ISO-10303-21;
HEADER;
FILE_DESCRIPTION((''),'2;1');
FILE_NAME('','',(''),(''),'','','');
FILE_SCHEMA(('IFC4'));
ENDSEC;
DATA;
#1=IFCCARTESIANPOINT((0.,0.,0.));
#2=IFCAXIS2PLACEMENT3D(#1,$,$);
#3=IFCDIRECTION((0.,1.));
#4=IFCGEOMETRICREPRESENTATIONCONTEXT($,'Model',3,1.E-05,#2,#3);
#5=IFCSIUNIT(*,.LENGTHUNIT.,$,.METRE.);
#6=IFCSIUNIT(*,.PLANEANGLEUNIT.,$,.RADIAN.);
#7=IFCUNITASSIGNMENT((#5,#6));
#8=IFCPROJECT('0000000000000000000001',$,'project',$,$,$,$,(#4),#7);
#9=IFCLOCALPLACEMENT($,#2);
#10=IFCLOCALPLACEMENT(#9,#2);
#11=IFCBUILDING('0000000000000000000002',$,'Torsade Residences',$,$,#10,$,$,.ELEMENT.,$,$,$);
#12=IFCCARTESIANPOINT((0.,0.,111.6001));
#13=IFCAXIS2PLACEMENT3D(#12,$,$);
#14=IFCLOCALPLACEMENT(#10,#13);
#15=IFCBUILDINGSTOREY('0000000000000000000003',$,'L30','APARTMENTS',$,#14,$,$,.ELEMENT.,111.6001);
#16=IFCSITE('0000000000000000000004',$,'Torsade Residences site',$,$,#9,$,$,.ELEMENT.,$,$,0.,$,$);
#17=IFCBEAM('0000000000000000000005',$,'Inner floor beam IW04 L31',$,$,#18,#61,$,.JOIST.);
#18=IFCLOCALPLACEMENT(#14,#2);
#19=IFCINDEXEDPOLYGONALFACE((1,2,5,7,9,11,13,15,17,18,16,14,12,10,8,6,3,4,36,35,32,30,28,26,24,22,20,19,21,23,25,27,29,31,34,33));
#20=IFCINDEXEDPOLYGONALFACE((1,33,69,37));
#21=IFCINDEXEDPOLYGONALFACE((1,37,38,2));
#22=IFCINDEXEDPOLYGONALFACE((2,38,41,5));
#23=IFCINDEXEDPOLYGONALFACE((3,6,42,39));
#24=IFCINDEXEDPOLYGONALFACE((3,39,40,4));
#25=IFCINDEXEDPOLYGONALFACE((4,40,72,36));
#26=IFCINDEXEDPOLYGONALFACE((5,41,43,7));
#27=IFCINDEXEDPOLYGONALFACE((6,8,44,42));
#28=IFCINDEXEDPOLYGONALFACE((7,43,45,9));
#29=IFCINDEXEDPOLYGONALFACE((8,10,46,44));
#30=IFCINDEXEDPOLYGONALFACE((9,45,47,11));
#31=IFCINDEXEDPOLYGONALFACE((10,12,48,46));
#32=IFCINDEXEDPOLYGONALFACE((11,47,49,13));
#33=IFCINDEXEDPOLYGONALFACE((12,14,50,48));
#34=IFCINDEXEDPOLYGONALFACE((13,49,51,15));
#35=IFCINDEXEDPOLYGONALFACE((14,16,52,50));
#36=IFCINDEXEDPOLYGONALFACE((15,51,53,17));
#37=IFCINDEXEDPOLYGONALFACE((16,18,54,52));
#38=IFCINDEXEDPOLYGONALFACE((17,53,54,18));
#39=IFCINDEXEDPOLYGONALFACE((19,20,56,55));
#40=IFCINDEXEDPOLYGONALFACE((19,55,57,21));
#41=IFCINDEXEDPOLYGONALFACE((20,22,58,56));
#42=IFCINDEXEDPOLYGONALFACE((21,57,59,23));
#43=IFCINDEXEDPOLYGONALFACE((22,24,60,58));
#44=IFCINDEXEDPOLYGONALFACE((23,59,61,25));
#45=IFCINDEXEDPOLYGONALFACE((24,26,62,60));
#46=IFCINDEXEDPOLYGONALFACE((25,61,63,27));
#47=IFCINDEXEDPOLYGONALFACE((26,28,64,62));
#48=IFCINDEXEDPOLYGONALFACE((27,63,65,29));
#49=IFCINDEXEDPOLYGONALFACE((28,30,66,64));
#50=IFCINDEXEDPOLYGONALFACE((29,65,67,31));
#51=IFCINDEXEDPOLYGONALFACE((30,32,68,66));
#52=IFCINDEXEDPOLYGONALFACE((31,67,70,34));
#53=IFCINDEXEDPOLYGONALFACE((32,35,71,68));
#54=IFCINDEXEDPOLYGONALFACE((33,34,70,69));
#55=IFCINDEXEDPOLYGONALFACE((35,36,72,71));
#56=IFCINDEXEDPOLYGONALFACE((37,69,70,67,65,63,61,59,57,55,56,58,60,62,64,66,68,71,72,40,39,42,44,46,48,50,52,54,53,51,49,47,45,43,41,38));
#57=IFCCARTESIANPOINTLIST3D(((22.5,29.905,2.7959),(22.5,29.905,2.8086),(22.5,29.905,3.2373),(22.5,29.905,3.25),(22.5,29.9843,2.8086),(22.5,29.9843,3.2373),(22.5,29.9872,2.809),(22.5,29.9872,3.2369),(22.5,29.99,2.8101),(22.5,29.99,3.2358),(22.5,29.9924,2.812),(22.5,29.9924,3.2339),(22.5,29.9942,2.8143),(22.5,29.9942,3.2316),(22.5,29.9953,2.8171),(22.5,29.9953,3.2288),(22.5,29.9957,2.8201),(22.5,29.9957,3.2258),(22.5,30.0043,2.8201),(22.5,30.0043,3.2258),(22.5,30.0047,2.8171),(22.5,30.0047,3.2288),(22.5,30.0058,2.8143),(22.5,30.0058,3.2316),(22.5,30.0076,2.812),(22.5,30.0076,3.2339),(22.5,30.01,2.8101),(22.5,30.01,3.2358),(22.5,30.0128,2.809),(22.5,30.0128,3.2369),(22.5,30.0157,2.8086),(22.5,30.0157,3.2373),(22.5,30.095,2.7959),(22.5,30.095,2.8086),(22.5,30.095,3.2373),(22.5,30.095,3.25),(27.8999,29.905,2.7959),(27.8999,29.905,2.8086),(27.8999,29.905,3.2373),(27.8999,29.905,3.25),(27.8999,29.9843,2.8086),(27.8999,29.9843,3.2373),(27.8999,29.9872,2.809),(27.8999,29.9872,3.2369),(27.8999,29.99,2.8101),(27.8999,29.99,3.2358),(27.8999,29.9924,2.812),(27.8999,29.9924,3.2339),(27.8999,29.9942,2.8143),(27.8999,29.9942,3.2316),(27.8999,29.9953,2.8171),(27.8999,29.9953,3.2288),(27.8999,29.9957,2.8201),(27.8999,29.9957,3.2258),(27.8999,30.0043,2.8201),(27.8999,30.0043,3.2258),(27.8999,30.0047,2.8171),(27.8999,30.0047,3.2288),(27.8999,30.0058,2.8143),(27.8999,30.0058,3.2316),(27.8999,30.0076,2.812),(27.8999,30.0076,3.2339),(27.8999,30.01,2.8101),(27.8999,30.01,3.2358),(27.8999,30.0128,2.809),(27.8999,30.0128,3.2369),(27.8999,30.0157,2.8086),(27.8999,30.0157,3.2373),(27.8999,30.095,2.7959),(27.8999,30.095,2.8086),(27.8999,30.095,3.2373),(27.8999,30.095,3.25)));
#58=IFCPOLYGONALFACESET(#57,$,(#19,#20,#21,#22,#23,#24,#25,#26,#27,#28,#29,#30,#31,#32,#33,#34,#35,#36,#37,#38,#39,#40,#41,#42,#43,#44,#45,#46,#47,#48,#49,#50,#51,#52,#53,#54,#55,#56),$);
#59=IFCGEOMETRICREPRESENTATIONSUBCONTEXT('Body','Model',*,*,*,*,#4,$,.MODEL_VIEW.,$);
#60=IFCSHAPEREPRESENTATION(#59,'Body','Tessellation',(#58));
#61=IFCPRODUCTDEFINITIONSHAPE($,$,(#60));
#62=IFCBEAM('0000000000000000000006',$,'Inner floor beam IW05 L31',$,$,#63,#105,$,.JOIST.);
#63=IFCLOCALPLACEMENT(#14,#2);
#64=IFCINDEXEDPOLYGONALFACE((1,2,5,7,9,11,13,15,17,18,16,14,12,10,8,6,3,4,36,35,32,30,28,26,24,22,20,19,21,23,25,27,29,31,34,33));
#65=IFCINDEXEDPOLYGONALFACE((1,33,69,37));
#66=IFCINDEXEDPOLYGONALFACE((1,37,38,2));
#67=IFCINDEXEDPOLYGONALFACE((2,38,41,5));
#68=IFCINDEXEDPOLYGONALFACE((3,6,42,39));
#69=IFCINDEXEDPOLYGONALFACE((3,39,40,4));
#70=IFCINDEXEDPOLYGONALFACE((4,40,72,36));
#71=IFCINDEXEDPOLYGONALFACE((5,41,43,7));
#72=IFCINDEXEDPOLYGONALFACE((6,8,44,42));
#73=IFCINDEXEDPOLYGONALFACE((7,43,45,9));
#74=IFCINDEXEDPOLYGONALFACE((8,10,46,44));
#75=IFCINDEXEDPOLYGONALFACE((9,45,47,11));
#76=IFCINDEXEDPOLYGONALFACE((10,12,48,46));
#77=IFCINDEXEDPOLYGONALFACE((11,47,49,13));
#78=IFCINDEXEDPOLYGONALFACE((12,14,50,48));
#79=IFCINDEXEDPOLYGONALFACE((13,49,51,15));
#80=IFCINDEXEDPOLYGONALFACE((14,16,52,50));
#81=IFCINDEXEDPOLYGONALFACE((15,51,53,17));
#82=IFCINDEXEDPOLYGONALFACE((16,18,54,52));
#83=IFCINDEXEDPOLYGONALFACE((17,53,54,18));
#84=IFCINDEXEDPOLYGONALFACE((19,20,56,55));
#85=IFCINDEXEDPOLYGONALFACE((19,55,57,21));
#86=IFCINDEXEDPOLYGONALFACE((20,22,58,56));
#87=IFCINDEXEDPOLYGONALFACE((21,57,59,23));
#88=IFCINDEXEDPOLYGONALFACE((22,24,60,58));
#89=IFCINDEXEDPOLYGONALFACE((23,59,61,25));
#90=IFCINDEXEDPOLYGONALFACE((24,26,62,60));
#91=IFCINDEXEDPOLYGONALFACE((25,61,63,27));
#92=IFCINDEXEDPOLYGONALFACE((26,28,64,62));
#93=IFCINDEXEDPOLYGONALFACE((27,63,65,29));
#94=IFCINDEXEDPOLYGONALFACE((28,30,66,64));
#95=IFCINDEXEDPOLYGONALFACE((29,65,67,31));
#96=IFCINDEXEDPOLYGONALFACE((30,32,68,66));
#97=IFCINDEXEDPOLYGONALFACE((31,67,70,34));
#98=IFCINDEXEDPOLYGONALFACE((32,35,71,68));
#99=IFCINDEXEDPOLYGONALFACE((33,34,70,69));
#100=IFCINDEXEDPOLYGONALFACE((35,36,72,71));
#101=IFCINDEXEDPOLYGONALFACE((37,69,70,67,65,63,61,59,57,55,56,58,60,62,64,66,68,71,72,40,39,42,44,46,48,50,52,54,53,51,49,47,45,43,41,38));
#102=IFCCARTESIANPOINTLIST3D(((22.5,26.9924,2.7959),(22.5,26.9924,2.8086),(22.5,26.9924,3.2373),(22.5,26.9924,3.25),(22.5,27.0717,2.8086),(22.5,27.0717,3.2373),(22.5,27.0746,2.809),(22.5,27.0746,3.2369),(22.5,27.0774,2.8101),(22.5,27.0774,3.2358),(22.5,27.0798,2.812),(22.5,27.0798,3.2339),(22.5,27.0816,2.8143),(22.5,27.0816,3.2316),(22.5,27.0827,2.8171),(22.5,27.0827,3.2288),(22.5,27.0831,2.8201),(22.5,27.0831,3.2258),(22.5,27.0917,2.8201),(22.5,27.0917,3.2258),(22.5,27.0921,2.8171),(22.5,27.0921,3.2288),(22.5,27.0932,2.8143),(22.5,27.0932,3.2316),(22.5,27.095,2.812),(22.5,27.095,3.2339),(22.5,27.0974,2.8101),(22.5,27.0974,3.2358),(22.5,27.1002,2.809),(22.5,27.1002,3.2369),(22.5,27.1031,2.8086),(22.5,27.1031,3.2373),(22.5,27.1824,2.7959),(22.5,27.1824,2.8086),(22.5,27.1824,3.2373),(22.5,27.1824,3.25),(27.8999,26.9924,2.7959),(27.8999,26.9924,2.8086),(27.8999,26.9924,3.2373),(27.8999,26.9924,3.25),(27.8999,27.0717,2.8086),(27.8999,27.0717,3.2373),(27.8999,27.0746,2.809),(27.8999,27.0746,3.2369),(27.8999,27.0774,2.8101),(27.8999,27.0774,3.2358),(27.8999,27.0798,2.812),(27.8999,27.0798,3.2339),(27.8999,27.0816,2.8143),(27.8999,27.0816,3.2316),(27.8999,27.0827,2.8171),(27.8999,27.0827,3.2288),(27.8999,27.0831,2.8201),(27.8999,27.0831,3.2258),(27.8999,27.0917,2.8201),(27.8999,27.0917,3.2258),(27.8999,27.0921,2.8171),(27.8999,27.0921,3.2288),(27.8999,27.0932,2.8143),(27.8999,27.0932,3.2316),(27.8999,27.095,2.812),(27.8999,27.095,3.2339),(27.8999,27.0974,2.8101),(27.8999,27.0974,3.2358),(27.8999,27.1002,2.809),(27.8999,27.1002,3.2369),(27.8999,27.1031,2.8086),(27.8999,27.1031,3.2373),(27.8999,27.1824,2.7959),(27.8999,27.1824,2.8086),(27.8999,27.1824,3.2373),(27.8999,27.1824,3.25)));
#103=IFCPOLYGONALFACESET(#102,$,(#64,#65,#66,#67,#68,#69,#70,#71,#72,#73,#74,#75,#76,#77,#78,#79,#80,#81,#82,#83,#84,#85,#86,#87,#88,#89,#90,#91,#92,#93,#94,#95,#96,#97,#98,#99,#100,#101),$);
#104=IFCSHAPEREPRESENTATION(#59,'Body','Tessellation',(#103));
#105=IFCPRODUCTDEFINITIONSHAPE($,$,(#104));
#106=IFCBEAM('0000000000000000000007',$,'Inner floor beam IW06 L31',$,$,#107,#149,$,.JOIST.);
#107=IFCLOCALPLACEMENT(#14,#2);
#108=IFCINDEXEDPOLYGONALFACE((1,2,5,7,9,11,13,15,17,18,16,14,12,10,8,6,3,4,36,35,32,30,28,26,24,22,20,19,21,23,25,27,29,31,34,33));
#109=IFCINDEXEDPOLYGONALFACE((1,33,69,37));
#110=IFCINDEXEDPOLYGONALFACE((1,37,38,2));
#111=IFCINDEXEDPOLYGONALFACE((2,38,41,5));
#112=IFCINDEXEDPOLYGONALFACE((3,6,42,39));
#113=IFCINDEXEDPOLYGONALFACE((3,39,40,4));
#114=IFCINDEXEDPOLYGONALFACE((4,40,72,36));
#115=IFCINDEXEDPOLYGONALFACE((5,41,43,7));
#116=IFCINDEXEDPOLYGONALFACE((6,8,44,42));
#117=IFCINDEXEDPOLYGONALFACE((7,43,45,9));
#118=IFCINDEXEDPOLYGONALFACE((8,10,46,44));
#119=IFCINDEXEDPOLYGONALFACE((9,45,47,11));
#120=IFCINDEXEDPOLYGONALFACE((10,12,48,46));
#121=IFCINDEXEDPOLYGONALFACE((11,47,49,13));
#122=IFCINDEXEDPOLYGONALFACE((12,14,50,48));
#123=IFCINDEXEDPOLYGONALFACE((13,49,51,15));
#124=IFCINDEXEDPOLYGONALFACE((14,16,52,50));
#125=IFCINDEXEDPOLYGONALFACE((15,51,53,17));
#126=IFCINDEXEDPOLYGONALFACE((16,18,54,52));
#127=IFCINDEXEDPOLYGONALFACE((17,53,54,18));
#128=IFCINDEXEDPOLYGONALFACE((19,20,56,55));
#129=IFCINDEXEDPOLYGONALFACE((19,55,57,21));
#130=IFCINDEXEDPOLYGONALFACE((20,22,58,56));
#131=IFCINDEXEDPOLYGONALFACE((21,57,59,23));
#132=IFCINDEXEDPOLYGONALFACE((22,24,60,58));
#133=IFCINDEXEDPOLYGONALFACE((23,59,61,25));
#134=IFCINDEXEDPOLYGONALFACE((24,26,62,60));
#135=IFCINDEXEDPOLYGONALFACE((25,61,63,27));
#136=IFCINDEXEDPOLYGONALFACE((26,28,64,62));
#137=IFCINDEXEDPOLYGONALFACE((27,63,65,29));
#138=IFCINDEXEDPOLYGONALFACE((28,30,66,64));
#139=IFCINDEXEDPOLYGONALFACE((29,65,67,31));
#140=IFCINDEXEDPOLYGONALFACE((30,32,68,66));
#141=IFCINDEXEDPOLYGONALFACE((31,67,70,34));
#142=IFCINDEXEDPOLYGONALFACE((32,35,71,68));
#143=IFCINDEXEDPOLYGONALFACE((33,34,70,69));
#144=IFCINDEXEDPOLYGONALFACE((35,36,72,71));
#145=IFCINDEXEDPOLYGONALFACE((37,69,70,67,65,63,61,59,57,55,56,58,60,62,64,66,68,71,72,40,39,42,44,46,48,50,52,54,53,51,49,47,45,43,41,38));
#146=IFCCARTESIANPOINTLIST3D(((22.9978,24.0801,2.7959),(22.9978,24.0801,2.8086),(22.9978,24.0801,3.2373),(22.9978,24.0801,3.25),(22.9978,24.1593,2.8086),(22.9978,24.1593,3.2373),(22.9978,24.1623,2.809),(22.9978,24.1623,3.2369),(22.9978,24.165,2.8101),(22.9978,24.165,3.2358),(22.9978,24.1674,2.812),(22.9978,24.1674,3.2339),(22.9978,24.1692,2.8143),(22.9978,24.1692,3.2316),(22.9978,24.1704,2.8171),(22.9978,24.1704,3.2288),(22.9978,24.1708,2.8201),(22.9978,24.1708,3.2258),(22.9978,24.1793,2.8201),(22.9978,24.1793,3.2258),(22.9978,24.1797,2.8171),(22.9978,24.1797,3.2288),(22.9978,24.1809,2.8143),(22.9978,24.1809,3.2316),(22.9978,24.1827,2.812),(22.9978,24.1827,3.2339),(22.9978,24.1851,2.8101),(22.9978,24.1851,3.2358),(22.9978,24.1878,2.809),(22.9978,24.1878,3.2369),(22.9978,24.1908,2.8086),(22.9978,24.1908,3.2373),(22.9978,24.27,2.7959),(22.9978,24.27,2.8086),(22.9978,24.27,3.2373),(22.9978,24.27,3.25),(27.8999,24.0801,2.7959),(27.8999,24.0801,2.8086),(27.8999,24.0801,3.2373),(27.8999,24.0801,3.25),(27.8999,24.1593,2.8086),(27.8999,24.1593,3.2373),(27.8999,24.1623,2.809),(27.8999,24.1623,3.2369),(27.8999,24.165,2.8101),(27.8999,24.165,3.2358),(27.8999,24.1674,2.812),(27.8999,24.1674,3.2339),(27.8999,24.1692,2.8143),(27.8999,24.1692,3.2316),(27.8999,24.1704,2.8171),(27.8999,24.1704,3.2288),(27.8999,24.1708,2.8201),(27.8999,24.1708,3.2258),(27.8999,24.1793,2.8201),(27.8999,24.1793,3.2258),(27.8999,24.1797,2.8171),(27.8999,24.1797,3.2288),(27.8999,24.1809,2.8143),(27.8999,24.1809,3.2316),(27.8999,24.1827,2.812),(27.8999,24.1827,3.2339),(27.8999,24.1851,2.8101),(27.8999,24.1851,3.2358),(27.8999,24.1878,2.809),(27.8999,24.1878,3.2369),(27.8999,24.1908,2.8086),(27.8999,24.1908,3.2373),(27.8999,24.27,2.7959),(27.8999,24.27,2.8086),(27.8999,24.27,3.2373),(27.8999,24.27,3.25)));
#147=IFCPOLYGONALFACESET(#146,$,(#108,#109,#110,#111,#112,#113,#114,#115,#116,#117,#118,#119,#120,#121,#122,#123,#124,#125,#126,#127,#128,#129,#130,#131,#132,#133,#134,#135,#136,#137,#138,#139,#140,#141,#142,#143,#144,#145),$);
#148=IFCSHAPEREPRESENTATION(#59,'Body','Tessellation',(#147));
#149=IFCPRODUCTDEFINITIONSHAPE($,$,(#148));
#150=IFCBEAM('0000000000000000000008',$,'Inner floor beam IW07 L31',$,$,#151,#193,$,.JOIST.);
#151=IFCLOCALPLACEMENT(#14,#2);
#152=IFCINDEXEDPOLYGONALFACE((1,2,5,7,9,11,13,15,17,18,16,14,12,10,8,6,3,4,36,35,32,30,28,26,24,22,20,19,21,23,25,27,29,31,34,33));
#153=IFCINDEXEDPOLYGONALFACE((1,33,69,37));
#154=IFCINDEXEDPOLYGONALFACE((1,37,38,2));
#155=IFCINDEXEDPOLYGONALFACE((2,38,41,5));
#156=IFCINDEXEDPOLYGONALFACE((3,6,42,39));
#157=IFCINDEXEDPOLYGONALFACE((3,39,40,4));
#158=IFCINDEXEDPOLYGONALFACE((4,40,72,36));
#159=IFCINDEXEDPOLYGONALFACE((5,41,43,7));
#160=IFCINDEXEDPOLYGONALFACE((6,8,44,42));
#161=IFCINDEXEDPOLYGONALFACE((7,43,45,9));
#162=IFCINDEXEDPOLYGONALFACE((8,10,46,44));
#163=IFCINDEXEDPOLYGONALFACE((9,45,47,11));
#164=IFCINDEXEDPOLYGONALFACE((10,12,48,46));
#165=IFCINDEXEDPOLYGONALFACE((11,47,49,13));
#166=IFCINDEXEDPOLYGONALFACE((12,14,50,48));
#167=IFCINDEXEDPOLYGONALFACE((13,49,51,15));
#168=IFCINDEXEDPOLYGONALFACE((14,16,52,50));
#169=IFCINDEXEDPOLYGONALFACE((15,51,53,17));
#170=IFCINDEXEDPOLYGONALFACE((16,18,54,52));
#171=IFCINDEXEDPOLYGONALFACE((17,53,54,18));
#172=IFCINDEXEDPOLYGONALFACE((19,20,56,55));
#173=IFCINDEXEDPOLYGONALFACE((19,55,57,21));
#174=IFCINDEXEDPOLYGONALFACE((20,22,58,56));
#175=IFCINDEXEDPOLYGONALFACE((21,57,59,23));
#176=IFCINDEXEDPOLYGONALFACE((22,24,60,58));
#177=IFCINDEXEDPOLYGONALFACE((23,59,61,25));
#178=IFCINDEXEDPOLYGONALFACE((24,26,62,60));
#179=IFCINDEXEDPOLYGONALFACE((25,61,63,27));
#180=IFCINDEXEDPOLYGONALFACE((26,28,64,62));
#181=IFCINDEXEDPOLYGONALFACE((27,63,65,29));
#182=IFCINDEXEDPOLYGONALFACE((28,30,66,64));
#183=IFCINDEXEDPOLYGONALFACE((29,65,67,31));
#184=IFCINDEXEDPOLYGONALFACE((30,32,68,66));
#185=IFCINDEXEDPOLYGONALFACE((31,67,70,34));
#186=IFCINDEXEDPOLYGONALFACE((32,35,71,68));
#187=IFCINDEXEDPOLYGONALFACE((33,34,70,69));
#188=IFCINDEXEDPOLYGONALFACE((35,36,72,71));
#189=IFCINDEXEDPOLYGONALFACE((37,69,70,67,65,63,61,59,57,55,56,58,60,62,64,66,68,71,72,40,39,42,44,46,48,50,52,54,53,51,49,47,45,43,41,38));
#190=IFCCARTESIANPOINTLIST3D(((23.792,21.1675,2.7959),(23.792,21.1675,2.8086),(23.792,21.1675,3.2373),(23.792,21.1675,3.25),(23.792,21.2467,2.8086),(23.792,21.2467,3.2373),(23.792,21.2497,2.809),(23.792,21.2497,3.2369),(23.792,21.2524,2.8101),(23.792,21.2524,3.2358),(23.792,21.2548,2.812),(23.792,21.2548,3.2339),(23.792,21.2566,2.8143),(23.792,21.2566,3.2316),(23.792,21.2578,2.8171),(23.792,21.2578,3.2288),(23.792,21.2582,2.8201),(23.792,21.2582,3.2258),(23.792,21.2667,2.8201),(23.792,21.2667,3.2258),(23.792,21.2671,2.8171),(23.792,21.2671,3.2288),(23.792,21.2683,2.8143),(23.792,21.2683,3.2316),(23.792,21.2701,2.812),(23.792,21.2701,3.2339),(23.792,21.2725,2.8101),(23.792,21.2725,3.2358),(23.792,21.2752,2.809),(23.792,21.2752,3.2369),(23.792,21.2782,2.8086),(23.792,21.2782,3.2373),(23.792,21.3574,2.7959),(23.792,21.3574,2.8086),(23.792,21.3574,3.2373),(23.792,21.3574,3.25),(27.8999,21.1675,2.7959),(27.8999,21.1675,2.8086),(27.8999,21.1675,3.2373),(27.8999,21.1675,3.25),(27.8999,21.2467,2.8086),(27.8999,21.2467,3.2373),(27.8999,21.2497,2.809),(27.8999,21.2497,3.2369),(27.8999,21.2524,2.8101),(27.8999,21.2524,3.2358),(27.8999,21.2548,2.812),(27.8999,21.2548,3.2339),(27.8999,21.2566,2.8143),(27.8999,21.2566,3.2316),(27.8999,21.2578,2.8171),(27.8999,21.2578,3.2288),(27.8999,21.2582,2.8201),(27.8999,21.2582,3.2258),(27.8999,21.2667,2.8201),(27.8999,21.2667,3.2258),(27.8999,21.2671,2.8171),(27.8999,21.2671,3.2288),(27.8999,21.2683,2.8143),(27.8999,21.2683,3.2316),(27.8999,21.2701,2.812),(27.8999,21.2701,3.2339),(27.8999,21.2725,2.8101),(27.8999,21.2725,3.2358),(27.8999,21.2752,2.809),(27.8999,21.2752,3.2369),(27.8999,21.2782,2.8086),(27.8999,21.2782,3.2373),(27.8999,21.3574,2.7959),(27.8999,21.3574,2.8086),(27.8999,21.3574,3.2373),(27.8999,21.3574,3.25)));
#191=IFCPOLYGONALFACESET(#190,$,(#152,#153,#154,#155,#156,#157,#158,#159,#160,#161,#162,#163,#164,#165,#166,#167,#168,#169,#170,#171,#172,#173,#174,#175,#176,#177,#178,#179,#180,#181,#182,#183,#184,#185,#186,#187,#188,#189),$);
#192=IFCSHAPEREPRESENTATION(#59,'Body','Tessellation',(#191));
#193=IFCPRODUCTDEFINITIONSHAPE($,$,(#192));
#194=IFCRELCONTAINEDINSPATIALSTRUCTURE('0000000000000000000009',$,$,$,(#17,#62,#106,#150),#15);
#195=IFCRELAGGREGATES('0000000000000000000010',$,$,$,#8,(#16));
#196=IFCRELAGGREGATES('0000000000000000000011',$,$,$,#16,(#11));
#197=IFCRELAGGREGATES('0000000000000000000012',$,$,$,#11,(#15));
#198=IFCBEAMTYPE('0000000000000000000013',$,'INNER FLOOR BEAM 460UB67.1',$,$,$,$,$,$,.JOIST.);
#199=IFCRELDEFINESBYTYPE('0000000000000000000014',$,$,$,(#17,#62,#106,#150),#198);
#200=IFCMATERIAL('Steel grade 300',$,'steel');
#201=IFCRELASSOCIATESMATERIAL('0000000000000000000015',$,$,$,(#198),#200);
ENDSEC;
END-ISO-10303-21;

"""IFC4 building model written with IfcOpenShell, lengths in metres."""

from ifc_helpers import new_model, si_unit, direction, frame, origin, origin_2d, place, context, subcontext, project, spatial, i_section, extrude, material, material_profile, profile_set, type_object, element, save


model = new_model("IFC4")

# Units and contexts
model_context = context("Model", 3, precision=1e-05, world=origin(), true_north=direction((0.0, 1.0)))
body_context = subcontext(model_context, "Body", "Model", "MODEL_VIEW")
ifc_project = project(units=[si_unit("LENGTHUNIT", "METRE"), si_unit("PLANEANGLEUNIT", "RADIAN")], contexts=[model_context])

# Site, building, storey
site_placement = place(None, origin())
site = spatial("IfcSite", under=ifc_project, at=site_placement, Name="Torsade Residences site", CompositionType="ELEMENT", RefElevation=0.0)
building_placement = place(site_placement, origin())
building = spatial("IfcBuilding", under=site, at=building_placement, Name="Torsade Residences", CompositionType="ELEMENT")
storey_placement = place(building_placement, frame((0.0, 0.0, 111.6001)))
storey = spatial("IfcBuildingStorey", under=building, at=storey_placement, Name="L30", Description="APARTMENTS", CompositionType="ELEMENT", Elevation=111.6001)

# Beams
ifc_material_1 = material(Name="Steel grade 300", Category="steel")
ifc_material_profile_1 = material_profile(ifc_material_1, i_section(OverallWidth=0.1899, OverallDepth=0.4541, WebThickness=0.0085, FlangeThickness=0.0127, FilletRadius=0.0115, at=origin_2d()), Name="460UB67.1")
ifc_profile_set_1 = profile_set([ifc_material_profile_1], Name="Steel grade 300")
beam_type_1 = type_object("IfcBeamType", Name="INNER FLOOR BEAM 460UB67.1", PredefinedType="JOIST", material=ifc_profile_set_1)
for number, where, z_axis, x_axis, name in (
    (1, (27.8999, 30.0, 3.0229), (-1.0, 0.0, 0.0), (0.0, -1.0, 0.0), "Inner floor beam IW04 L31"),
    (2, (27.8999, 27.0874, 3.0229), (-1.0, 0.0, 0.0), (0.0, -1.0, 0.0), "Inner floor beam IW05 L31"),
):
    element("IfcBeam", number, at=place(storey_placement, frame(where, z_axis=z_axis, x_axis=x_axis)), inside=storey, type_object=beam_type_1, Name=name, PredefinedType="JOIST", context=body_context, shape_type="SweptSolid", body=[
        extrude(i_section(OverallWidth=0.1899, OverallDepth=0.4541, WebThickness=0.0085, FlangeThickness=0.0127, FilletRadius=0.0115, at=origin_2d()), origin(), (0.0, 0.0, 1.0), 5.3999),
    ])
beam_1_placement = place(storey_placement, frame((27.8999, 24.175, 3.0229), z_axis=(-1.0, 0.0, 0.0), x_axis=(0.0, -1.0, 0.0)))
element("IfcBeam", 3, at=beam_1_placement, inside=storey, type_object=beam_type_1, Name="Inner floor beam IW06 L31", PredefinedType="JOIST", context=body_context, shape_type="SweptSolid", body=[
    extrude(i_section(OverallWidth=0.1899, OverallDepth=0.4541, WebThickness=0.0085, FlangeThickness=0.0127, FilletRadius=0.0115, at=origin_2d()), origin(), (0.0, 0.0, 1.0), 4.9021),
])
beam_2_placement = place(storey_placement, frame((27.8999, 21.2625, 3.0229), z_axis=(-1.0, 0.0, 0.0), x_axis=(0.0, -1.0, 0.0)))
element("IfcBeam", 4, at=beam_2_placement, inside=storey, type_object=beam_type_1, Name="Inner floor beam IW07 L31", PredefinedType="JOIST", context=body_context, shape_type="SweptSolid", body=[
    extrude(i_section(OverallWidth=0.1899, OverallDepth=0.4541, WebThickness=0.0085, FlangeThickness=0.0127, FilletRadius=0.0115, at=origin_2d()), origin(), (0.0, 0.0, 1.0), 4.1079),
])

save(model, "model.ifc")
